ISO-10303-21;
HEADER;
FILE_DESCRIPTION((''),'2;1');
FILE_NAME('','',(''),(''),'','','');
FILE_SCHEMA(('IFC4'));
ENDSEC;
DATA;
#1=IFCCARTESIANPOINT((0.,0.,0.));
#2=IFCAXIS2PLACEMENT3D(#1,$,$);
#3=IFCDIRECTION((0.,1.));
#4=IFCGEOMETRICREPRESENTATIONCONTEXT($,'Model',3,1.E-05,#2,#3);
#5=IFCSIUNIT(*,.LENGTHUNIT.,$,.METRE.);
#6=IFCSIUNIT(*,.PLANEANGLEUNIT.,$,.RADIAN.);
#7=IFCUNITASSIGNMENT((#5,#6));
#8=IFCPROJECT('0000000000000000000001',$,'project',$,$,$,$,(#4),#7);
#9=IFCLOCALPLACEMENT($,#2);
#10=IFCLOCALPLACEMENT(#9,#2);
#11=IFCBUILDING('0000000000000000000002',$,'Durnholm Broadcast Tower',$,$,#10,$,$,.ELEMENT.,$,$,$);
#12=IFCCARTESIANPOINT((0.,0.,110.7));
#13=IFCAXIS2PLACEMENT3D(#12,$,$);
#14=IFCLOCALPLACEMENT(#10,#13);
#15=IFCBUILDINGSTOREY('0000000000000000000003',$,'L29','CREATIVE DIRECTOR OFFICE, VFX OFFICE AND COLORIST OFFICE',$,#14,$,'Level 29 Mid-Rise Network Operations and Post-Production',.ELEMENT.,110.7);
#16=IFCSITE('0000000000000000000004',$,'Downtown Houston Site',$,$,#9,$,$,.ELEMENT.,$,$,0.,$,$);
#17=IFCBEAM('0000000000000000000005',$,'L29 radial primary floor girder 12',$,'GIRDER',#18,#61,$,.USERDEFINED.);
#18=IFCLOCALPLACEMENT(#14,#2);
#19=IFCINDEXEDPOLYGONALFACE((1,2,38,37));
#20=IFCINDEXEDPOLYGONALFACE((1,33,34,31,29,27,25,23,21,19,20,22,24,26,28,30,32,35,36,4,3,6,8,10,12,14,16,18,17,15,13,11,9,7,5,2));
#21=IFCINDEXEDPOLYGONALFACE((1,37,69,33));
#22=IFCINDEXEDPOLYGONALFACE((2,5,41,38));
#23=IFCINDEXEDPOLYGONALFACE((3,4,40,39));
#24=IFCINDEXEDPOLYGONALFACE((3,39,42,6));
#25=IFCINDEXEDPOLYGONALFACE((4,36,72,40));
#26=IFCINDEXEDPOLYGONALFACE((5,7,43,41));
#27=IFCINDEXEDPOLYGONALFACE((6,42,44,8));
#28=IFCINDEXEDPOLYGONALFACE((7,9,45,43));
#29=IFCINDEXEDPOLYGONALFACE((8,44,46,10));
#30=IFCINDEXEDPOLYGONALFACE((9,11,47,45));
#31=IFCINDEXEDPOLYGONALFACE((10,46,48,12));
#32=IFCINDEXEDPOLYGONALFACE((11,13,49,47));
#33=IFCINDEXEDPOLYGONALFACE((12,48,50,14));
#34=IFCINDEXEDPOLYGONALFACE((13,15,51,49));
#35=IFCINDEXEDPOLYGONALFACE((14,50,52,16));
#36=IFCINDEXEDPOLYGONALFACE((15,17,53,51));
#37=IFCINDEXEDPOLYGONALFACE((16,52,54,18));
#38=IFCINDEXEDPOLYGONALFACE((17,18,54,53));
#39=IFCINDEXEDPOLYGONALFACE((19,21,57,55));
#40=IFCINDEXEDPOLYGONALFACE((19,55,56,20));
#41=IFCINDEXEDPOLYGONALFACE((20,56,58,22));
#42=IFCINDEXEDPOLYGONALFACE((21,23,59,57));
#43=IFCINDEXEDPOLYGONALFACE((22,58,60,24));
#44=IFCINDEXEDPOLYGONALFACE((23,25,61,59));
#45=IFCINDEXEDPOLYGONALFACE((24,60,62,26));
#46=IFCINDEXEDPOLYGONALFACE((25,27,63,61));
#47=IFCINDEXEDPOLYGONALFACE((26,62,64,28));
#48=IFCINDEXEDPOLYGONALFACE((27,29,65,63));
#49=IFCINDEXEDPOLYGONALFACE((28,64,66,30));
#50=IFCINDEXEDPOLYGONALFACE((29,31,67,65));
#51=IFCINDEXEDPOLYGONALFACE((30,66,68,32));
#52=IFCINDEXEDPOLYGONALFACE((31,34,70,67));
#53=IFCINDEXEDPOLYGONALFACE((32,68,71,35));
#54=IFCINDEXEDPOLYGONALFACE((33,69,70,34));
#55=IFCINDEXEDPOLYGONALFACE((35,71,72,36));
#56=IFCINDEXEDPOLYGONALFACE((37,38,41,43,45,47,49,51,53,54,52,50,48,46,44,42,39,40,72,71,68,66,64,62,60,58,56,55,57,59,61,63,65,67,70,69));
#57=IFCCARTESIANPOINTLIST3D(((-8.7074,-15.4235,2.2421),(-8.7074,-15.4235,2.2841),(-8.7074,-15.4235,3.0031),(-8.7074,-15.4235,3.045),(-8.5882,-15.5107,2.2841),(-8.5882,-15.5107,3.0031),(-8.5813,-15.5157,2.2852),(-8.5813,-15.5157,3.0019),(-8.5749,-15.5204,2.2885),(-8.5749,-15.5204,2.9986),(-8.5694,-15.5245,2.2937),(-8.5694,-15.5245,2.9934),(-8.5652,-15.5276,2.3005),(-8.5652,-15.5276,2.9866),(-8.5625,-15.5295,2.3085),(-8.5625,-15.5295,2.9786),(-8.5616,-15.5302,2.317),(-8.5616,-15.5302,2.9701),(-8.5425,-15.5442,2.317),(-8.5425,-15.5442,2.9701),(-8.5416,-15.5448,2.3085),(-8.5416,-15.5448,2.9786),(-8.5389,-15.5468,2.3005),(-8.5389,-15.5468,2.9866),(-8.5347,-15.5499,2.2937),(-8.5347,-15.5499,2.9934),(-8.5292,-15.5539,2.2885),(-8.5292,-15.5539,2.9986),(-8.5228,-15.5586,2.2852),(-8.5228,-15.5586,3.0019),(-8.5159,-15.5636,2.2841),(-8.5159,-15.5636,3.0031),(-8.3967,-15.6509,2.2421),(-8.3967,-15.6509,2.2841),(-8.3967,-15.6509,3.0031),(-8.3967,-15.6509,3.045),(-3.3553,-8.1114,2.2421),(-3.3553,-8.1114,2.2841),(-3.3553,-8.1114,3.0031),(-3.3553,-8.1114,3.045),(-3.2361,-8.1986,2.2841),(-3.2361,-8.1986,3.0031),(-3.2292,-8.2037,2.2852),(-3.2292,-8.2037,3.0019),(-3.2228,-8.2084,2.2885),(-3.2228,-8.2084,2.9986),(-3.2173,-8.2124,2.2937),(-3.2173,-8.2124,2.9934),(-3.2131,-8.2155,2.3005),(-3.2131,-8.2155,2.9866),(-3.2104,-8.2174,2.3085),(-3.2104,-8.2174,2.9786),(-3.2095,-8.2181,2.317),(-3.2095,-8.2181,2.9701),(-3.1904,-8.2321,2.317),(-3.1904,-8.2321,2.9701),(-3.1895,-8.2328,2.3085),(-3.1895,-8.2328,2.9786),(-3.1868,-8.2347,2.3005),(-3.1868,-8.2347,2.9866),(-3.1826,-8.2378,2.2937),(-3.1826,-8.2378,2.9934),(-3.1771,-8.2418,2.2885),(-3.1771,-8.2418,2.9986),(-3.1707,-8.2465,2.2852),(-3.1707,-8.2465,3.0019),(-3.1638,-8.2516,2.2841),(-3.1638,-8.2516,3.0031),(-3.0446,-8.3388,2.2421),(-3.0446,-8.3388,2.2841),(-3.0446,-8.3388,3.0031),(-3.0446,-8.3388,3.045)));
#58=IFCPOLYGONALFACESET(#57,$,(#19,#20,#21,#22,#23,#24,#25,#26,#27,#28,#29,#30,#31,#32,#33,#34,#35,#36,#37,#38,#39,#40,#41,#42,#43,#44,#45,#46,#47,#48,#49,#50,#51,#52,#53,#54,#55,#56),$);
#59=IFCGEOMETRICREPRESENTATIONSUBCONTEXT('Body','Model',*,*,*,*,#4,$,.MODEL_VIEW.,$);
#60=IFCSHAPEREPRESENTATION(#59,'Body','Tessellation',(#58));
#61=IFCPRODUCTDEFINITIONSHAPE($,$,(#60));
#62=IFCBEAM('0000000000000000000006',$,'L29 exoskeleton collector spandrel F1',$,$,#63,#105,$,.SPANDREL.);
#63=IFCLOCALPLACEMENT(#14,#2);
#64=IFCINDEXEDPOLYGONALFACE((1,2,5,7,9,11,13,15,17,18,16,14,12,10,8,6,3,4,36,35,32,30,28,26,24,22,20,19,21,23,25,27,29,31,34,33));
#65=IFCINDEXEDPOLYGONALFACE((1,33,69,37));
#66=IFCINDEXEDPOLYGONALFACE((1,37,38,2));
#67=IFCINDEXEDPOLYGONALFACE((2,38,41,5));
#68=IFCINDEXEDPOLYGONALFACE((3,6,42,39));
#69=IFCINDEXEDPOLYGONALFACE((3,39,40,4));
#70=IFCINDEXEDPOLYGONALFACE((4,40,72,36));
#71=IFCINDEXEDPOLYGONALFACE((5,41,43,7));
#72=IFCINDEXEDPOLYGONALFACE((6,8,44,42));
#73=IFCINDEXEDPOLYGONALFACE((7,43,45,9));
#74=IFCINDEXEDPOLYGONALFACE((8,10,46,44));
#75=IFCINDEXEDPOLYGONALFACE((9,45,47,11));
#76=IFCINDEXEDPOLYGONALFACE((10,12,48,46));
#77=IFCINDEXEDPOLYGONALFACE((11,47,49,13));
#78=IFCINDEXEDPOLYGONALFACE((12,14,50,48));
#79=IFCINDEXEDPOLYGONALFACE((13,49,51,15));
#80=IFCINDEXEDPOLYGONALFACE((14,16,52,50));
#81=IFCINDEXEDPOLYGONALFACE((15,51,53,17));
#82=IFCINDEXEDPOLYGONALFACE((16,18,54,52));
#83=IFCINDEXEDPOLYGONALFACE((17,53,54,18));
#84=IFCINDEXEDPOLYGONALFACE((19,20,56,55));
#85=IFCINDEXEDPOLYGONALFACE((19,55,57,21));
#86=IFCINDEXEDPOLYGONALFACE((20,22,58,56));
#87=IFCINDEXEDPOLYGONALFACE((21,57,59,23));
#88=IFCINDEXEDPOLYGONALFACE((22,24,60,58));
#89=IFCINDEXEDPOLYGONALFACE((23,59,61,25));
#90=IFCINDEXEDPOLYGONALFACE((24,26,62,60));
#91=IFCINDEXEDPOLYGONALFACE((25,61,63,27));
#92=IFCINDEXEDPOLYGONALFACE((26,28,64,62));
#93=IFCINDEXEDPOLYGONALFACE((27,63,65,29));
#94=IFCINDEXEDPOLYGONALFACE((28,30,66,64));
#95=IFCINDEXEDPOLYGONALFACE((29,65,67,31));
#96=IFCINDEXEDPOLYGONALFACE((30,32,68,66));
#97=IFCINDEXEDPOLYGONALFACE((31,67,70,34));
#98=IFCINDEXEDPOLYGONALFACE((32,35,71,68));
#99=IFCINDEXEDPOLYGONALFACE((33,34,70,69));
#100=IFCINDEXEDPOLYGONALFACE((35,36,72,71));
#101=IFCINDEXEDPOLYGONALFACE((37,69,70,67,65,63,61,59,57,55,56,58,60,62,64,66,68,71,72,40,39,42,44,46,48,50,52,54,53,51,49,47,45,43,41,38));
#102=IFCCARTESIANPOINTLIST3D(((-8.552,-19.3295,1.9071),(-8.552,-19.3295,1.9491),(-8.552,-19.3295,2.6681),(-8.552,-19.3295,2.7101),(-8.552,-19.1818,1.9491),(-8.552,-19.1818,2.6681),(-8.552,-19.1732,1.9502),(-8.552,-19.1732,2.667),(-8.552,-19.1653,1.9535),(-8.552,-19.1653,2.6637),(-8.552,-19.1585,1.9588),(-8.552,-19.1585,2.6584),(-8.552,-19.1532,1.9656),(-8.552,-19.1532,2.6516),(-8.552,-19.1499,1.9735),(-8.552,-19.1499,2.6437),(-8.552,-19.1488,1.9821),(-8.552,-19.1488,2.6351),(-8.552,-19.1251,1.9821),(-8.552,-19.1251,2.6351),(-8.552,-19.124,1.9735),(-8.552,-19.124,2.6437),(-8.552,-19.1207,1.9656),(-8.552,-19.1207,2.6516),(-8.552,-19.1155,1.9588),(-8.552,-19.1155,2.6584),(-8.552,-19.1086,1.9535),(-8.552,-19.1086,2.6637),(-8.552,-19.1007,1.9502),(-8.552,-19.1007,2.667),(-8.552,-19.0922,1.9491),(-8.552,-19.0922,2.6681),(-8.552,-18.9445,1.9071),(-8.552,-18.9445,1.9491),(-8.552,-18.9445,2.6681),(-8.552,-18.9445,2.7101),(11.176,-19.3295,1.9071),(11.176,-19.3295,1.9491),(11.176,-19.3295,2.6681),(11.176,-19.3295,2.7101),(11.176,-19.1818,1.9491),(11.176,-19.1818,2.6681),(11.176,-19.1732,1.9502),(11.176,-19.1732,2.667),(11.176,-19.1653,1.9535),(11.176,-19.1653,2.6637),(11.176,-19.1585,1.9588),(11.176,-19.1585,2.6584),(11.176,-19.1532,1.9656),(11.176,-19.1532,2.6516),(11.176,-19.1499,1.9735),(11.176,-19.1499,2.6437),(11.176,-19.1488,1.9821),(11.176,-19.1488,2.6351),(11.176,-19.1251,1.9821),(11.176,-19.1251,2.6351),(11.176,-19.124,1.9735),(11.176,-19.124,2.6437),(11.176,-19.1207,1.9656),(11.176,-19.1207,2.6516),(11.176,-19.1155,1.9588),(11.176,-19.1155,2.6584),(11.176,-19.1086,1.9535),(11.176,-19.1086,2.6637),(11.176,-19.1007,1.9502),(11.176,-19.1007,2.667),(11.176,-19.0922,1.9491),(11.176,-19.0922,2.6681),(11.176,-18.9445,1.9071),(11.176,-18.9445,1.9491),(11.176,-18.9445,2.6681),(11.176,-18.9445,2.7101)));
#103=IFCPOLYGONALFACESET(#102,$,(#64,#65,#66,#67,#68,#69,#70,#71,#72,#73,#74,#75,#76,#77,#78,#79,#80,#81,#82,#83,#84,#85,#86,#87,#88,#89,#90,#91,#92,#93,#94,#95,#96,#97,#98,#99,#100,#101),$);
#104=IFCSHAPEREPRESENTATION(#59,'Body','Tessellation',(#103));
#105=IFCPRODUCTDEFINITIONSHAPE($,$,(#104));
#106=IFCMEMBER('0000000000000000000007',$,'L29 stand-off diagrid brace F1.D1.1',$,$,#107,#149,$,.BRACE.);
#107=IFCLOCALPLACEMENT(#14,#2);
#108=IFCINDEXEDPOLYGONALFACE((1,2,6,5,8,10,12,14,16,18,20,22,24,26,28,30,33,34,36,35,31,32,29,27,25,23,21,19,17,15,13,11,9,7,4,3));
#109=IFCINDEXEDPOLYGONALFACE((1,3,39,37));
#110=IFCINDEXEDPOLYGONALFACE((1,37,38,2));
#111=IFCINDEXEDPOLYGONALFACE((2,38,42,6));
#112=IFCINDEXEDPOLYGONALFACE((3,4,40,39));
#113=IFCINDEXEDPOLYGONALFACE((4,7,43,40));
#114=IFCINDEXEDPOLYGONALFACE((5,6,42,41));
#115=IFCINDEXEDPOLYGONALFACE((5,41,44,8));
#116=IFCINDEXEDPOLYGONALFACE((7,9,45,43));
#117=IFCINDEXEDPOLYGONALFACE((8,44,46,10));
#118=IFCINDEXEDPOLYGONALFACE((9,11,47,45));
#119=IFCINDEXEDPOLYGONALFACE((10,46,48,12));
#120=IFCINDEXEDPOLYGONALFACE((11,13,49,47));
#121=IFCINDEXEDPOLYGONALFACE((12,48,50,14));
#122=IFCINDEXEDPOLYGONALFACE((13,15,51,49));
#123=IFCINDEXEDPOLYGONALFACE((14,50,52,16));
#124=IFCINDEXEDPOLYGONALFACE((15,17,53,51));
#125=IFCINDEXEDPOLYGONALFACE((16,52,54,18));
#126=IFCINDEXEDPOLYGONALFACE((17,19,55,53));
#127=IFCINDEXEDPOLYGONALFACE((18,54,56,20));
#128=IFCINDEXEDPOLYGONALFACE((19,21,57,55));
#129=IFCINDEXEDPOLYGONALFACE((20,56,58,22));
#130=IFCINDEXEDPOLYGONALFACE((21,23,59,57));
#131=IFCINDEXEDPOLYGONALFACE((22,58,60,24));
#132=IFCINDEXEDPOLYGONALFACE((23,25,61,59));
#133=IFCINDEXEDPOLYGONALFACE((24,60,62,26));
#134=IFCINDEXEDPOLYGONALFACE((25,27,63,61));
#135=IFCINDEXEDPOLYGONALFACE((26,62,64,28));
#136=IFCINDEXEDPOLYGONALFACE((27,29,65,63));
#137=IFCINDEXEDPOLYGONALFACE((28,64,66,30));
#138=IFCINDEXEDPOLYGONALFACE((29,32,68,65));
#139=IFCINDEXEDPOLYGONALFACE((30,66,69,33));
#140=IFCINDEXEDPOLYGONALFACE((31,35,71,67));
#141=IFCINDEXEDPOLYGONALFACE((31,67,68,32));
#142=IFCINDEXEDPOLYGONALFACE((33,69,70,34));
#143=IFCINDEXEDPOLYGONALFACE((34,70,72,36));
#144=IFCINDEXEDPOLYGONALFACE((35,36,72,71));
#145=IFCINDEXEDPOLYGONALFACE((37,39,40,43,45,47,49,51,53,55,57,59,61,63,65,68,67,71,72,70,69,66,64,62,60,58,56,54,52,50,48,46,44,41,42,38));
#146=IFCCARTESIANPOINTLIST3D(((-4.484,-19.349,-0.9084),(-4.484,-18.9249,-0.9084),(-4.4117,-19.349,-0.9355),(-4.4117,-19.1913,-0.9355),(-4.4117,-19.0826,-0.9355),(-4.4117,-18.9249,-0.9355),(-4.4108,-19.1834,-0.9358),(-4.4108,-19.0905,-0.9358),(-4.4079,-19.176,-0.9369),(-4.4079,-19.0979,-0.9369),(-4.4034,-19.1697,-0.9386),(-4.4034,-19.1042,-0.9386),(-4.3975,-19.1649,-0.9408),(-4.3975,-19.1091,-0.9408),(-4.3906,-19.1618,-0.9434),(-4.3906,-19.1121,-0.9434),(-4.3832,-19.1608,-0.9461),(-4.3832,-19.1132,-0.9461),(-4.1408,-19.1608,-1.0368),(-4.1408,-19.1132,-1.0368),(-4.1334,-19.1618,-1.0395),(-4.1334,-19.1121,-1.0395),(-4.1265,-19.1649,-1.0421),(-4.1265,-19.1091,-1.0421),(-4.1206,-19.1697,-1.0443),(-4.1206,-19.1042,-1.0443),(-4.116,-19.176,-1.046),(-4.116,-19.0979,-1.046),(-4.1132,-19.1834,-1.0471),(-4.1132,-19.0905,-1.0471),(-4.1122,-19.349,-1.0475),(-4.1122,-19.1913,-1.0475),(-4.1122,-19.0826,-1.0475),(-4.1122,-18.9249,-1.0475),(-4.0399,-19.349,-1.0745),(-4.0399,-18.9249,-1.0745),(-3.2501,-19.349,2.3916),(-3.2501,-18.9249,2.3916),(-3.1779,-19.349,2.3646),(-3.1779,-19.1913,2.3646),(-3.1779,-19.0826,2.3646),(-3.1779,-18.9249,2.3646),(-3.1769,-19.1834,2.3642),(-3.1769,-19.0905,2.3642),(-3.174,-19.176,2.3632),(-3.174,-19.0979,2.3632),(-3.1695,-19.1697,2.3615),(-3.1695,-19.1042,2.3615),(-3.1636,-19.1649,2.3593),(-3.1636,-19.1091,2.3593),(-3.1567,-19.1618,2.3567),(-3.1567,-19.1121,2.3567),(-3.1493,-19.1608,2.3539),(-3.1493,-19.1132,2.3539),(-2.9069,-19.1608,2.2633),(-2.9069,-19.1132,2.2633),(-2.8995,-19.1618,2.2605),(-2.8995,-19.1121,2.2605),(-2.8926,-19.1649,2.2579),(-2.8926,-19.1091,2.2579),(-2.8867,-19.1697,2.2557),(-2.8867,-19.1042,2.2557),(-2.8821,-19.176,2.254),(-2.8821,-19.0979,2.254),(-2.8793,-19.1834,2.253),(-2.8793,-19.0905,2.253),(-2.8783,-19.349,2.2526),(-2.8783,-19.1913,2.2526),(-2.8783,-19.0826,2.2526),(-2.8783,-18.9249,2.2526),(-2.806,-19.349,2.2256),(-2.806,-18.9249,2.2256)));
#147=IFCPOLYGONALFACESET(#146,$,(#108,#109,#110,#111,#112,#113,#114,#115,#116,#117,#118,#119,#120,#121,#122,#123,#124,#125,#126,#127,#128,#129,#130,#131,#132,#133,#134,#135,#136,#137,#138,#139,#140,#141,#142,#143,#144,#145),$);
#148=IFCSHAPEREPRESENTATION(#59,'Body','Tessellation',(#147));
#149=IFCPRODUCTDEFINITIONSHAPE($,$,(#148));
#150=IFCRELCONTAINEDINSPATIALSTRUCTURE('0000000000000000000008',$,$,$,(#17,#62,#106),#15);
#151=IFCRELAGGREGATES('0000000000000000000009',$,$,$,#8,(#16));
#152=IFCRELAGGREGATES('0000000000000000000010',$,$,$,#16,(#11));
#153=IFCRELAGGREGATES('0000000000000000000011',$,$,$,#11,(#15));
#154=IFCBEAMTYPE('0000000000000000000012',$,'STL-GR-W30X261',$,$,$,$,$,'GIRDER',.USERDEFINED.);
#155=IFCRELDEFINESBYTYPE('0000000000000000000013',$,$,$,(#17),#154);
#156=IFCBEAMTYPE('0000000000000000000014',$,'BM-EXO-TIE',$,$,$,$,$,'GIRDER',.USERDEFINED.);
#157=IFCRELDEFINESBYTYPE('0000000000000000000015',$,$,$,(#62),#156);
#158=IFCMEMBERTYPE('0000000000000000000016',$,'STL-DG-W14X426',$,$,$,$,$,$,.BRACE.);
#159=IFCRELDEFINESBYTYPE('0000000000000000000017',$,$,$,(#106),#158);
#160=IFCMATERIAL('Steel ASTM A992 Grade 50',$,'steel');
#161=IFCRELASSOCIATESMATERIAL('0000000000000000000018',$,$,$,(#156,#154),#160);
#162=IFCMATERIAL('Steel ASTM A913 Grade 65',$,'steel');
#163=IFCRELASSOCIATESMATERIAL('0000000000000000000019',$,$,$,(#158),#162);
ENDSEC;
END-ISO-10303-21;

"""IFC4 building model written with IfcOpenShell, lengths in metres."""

from ifc_helpers import new_model, si_unit, direction, frame, origin, origin_2d, place, context, subcontext, project, spatial, i_section, extrude, source, transform, mapped, material, material_profile, profile_set, type_object, type_shapes, element, save


model = new_model("IFC4")

# Units and contexts
model_context = context("Model", 3, precision=1e-05, world=origin(), true_north=direction((0.0, 1.0)))
body_context = subcontext(model_context, "Body", "Model", "MODEL_VIEW")
ifc_project = project(units=[si_unit("LENGTHUNIT", "METRE"), si_unit("PLANEANGLEUNIT", "RADIAN")], contexts=[model_context])

# Site, building, storey
site_placement = place(None, origin())
site = spatial("IfcSite", under=ifc_project, at=site_placement, Name="Downtown Houston Site", CompositionType="ELEMENT", RefElevation=0.0)
building_placement = place(site_placement, origin())
building = spatial("IfcBuilding", under=site, at=building_placement, Name="Durnholm Broadcast Tower", CompositionType="ELEMENT")
storey_placement = place(building_placement, frame((0.0, 0.0, 110.7)))
storey = spatial("IfcBuildingStorey", under=building, at=storey_placement, Name="L29", Description="CREATIVE DIRECTOR OFFICE, VFX OFFICE AND COLORIST OFFICE", LongName="Level 29 Mid-Rise Network Operations and Post-Production", CompositionType="ELEMENT", Elevation=110.7)

# Beams
ifc_material_1 = material(Name="Steel ASTM A992 Grade 50", Category="steel")
ifc_material_profile_1 = material_profile(ifc_material_1, i_section(OverallWidth=0.385, OverallDepth=0.803, WebThickness=0.0237, FlangeThickness=0.042, FilletRadius=0.033, at=origin_2d()), Name="W30X261")
ifc_profile_set_1 = profile_set([ifc_material_profile_1], Name="Steel ASTM A992 Grade 50")
beam_type_1 = type_object("IfcBeamType", Name="BM-EXO-TIE", ElementType="GIRDER", PredefinedType="USERDEFINED", material=ifc_profile_set_1)
ifc_material_profile_2 = material_profile(ifc_material_1, i_section(OverallWidth=0.385, OverallDepth=0.803, WebThickness=0.0237, FlangeThickness=0.042, FilletRadius=0.033, at=origin_2d()), Name="W30X261")
ifc_profile_set_2 = profile_set([ifc_material_profile_2], Name="Steel ASTM A992 Grade 50")
beam_type_2 = type_object("IfcBeamType", Name="STL-GR-W30X261", ElementType="GIRDER", PredefinedType="USERDEFINED", material=ifc_profile_set_2)
shared_shape_1 = source(origin(), body_context, "Body", "SweptSolid", [
    extrude(i_section(OverallWidth=0.385, OverallDepth=0.803, WebThickness=0.0237, FlangeThickness=0.042, FilletRadius=0.033, at=origin_2d()), origin(), (0.0, 0.0, 1.0), 9.0615),
])
beam_1_placement = place(storey_placement, frame((-3.2, -8.2251, 2.6436), z_axis=(-0.590639, -0.806936, 0.0), x_axis=(0.806936, -0.590639, 0.0)))
element("IfcBeam", 1, at=beam_1_placement, inside=storey, type_object=beam_type_2, Name="L29 radial primary floor girder 12", ObjectType="GIRDER", PredefinedType="USERDEFINED", context=body_context, shape_type="MappedRepresentation", body=[
    mapped(shared_shape_1, transform((0.0, 0.0, 0.0), x_axis=(1.0, 0.0, 0.0), y_axis=(0.0, 1.0, 0.0), z_axis=(0.0, 0.0, 1.0), scale=1.0)),
])
shared_shape_2 = source(origin(), body_context, "Body", "SweptSolid", [
    extrude(i_section(OverallWidth=0.385, OverallDepth=0.803, WebThickness=0.0237, FlangeThickness=0.042, FilletRadius=0.033, at=origin_2d()), origin(), (0.0, 0.0, 1.0), 19.728),
])
beam_2_placement = place(storey_placement, frame((-8.552, -19.137, 2.3086), z_axis=(1.0, 0.0, 0.0), x_axis=(0.0, 1.0, 0.0)))
element("IfcBeam", 2, at=beam_2_placement, inside=storey, type_object=beam_type_1, Name="L29 exoskeleton collector spandrel F1", PredefinedType="SPANDREL", context=body_context, shape_type="MappedRepresentation", body=[
    mapped(shared_shape_2, transform((0.0, 0.0, 0.0), x_axis=(1.0, 0.0, 0.0), y_axis=(0.0, 1.0, 0.0), z_axis=(0.0, 0.0, 1.0), scale=1.0)),
])

# Member
ifc_material_2 = material(Name="Steel ASTM A913 Grade 65", Category="steel")
ifc_material_profile_3 = material_profile(ifc_material_2, i_section(OverallWidth=0.4241, OverallDepth=0.4741, WebThickness=0.0476, FlangeThickness=0.0771, FilletRadius=0.0305, at=origin_2d()), Name="W14X426")
ifc_profile_set_3 = profile_set([ifc_material_profile_3], Name="Steel ASTM A913 Grade 65")
member_type_1 = type_object("IfcMemberType", Name="STL-DG-W14X426", PredefinedType="BRACE", material=ifc_profile_set_3)
shared_shape_3 = source(origin(), body_context, "Body", "SweptSolid", [
    extrude(i_section(OverallWidth=0.4241, OverallDepth=0.4741, WebThickness=0.0476, FlangeThickness=0.0771, FilletRadius=0.0305, at=origin_2d()), origin(), (0.0, 0.0, 1.0), 3.5232),
])
type_shapes(member_type_1, [shared_shape_3])
for number, where, z_axis, x_axis, name in (
    (3, (-4.262, -19.137, -0.9915), (0.35022, 0.0, 0.936668), (0.0, 1.0, 0.0), "L29 stand-off diagrid brace F1.D1.1"),
):
    element("IfcMember", number, at=place(storey_placement, frame(where, z_axis=z_axis, x_axis=x_axis)), inside=storey, type_object=member_type_1, Name=name, PredefinedType="BRACE", context=body_context, shape_type="MappedRepresentation", body=[
        mapped(shared_shape_3, transform((0.0, 0.0, 0.0), x_axis=(1.0, 0.0, 0.0), y_axis=(0.0, 1.0, 0.0), z_axis=(0.0, 0.0, 1.0), scale=1.0)),
    ])

save(model, "model.ifc")
